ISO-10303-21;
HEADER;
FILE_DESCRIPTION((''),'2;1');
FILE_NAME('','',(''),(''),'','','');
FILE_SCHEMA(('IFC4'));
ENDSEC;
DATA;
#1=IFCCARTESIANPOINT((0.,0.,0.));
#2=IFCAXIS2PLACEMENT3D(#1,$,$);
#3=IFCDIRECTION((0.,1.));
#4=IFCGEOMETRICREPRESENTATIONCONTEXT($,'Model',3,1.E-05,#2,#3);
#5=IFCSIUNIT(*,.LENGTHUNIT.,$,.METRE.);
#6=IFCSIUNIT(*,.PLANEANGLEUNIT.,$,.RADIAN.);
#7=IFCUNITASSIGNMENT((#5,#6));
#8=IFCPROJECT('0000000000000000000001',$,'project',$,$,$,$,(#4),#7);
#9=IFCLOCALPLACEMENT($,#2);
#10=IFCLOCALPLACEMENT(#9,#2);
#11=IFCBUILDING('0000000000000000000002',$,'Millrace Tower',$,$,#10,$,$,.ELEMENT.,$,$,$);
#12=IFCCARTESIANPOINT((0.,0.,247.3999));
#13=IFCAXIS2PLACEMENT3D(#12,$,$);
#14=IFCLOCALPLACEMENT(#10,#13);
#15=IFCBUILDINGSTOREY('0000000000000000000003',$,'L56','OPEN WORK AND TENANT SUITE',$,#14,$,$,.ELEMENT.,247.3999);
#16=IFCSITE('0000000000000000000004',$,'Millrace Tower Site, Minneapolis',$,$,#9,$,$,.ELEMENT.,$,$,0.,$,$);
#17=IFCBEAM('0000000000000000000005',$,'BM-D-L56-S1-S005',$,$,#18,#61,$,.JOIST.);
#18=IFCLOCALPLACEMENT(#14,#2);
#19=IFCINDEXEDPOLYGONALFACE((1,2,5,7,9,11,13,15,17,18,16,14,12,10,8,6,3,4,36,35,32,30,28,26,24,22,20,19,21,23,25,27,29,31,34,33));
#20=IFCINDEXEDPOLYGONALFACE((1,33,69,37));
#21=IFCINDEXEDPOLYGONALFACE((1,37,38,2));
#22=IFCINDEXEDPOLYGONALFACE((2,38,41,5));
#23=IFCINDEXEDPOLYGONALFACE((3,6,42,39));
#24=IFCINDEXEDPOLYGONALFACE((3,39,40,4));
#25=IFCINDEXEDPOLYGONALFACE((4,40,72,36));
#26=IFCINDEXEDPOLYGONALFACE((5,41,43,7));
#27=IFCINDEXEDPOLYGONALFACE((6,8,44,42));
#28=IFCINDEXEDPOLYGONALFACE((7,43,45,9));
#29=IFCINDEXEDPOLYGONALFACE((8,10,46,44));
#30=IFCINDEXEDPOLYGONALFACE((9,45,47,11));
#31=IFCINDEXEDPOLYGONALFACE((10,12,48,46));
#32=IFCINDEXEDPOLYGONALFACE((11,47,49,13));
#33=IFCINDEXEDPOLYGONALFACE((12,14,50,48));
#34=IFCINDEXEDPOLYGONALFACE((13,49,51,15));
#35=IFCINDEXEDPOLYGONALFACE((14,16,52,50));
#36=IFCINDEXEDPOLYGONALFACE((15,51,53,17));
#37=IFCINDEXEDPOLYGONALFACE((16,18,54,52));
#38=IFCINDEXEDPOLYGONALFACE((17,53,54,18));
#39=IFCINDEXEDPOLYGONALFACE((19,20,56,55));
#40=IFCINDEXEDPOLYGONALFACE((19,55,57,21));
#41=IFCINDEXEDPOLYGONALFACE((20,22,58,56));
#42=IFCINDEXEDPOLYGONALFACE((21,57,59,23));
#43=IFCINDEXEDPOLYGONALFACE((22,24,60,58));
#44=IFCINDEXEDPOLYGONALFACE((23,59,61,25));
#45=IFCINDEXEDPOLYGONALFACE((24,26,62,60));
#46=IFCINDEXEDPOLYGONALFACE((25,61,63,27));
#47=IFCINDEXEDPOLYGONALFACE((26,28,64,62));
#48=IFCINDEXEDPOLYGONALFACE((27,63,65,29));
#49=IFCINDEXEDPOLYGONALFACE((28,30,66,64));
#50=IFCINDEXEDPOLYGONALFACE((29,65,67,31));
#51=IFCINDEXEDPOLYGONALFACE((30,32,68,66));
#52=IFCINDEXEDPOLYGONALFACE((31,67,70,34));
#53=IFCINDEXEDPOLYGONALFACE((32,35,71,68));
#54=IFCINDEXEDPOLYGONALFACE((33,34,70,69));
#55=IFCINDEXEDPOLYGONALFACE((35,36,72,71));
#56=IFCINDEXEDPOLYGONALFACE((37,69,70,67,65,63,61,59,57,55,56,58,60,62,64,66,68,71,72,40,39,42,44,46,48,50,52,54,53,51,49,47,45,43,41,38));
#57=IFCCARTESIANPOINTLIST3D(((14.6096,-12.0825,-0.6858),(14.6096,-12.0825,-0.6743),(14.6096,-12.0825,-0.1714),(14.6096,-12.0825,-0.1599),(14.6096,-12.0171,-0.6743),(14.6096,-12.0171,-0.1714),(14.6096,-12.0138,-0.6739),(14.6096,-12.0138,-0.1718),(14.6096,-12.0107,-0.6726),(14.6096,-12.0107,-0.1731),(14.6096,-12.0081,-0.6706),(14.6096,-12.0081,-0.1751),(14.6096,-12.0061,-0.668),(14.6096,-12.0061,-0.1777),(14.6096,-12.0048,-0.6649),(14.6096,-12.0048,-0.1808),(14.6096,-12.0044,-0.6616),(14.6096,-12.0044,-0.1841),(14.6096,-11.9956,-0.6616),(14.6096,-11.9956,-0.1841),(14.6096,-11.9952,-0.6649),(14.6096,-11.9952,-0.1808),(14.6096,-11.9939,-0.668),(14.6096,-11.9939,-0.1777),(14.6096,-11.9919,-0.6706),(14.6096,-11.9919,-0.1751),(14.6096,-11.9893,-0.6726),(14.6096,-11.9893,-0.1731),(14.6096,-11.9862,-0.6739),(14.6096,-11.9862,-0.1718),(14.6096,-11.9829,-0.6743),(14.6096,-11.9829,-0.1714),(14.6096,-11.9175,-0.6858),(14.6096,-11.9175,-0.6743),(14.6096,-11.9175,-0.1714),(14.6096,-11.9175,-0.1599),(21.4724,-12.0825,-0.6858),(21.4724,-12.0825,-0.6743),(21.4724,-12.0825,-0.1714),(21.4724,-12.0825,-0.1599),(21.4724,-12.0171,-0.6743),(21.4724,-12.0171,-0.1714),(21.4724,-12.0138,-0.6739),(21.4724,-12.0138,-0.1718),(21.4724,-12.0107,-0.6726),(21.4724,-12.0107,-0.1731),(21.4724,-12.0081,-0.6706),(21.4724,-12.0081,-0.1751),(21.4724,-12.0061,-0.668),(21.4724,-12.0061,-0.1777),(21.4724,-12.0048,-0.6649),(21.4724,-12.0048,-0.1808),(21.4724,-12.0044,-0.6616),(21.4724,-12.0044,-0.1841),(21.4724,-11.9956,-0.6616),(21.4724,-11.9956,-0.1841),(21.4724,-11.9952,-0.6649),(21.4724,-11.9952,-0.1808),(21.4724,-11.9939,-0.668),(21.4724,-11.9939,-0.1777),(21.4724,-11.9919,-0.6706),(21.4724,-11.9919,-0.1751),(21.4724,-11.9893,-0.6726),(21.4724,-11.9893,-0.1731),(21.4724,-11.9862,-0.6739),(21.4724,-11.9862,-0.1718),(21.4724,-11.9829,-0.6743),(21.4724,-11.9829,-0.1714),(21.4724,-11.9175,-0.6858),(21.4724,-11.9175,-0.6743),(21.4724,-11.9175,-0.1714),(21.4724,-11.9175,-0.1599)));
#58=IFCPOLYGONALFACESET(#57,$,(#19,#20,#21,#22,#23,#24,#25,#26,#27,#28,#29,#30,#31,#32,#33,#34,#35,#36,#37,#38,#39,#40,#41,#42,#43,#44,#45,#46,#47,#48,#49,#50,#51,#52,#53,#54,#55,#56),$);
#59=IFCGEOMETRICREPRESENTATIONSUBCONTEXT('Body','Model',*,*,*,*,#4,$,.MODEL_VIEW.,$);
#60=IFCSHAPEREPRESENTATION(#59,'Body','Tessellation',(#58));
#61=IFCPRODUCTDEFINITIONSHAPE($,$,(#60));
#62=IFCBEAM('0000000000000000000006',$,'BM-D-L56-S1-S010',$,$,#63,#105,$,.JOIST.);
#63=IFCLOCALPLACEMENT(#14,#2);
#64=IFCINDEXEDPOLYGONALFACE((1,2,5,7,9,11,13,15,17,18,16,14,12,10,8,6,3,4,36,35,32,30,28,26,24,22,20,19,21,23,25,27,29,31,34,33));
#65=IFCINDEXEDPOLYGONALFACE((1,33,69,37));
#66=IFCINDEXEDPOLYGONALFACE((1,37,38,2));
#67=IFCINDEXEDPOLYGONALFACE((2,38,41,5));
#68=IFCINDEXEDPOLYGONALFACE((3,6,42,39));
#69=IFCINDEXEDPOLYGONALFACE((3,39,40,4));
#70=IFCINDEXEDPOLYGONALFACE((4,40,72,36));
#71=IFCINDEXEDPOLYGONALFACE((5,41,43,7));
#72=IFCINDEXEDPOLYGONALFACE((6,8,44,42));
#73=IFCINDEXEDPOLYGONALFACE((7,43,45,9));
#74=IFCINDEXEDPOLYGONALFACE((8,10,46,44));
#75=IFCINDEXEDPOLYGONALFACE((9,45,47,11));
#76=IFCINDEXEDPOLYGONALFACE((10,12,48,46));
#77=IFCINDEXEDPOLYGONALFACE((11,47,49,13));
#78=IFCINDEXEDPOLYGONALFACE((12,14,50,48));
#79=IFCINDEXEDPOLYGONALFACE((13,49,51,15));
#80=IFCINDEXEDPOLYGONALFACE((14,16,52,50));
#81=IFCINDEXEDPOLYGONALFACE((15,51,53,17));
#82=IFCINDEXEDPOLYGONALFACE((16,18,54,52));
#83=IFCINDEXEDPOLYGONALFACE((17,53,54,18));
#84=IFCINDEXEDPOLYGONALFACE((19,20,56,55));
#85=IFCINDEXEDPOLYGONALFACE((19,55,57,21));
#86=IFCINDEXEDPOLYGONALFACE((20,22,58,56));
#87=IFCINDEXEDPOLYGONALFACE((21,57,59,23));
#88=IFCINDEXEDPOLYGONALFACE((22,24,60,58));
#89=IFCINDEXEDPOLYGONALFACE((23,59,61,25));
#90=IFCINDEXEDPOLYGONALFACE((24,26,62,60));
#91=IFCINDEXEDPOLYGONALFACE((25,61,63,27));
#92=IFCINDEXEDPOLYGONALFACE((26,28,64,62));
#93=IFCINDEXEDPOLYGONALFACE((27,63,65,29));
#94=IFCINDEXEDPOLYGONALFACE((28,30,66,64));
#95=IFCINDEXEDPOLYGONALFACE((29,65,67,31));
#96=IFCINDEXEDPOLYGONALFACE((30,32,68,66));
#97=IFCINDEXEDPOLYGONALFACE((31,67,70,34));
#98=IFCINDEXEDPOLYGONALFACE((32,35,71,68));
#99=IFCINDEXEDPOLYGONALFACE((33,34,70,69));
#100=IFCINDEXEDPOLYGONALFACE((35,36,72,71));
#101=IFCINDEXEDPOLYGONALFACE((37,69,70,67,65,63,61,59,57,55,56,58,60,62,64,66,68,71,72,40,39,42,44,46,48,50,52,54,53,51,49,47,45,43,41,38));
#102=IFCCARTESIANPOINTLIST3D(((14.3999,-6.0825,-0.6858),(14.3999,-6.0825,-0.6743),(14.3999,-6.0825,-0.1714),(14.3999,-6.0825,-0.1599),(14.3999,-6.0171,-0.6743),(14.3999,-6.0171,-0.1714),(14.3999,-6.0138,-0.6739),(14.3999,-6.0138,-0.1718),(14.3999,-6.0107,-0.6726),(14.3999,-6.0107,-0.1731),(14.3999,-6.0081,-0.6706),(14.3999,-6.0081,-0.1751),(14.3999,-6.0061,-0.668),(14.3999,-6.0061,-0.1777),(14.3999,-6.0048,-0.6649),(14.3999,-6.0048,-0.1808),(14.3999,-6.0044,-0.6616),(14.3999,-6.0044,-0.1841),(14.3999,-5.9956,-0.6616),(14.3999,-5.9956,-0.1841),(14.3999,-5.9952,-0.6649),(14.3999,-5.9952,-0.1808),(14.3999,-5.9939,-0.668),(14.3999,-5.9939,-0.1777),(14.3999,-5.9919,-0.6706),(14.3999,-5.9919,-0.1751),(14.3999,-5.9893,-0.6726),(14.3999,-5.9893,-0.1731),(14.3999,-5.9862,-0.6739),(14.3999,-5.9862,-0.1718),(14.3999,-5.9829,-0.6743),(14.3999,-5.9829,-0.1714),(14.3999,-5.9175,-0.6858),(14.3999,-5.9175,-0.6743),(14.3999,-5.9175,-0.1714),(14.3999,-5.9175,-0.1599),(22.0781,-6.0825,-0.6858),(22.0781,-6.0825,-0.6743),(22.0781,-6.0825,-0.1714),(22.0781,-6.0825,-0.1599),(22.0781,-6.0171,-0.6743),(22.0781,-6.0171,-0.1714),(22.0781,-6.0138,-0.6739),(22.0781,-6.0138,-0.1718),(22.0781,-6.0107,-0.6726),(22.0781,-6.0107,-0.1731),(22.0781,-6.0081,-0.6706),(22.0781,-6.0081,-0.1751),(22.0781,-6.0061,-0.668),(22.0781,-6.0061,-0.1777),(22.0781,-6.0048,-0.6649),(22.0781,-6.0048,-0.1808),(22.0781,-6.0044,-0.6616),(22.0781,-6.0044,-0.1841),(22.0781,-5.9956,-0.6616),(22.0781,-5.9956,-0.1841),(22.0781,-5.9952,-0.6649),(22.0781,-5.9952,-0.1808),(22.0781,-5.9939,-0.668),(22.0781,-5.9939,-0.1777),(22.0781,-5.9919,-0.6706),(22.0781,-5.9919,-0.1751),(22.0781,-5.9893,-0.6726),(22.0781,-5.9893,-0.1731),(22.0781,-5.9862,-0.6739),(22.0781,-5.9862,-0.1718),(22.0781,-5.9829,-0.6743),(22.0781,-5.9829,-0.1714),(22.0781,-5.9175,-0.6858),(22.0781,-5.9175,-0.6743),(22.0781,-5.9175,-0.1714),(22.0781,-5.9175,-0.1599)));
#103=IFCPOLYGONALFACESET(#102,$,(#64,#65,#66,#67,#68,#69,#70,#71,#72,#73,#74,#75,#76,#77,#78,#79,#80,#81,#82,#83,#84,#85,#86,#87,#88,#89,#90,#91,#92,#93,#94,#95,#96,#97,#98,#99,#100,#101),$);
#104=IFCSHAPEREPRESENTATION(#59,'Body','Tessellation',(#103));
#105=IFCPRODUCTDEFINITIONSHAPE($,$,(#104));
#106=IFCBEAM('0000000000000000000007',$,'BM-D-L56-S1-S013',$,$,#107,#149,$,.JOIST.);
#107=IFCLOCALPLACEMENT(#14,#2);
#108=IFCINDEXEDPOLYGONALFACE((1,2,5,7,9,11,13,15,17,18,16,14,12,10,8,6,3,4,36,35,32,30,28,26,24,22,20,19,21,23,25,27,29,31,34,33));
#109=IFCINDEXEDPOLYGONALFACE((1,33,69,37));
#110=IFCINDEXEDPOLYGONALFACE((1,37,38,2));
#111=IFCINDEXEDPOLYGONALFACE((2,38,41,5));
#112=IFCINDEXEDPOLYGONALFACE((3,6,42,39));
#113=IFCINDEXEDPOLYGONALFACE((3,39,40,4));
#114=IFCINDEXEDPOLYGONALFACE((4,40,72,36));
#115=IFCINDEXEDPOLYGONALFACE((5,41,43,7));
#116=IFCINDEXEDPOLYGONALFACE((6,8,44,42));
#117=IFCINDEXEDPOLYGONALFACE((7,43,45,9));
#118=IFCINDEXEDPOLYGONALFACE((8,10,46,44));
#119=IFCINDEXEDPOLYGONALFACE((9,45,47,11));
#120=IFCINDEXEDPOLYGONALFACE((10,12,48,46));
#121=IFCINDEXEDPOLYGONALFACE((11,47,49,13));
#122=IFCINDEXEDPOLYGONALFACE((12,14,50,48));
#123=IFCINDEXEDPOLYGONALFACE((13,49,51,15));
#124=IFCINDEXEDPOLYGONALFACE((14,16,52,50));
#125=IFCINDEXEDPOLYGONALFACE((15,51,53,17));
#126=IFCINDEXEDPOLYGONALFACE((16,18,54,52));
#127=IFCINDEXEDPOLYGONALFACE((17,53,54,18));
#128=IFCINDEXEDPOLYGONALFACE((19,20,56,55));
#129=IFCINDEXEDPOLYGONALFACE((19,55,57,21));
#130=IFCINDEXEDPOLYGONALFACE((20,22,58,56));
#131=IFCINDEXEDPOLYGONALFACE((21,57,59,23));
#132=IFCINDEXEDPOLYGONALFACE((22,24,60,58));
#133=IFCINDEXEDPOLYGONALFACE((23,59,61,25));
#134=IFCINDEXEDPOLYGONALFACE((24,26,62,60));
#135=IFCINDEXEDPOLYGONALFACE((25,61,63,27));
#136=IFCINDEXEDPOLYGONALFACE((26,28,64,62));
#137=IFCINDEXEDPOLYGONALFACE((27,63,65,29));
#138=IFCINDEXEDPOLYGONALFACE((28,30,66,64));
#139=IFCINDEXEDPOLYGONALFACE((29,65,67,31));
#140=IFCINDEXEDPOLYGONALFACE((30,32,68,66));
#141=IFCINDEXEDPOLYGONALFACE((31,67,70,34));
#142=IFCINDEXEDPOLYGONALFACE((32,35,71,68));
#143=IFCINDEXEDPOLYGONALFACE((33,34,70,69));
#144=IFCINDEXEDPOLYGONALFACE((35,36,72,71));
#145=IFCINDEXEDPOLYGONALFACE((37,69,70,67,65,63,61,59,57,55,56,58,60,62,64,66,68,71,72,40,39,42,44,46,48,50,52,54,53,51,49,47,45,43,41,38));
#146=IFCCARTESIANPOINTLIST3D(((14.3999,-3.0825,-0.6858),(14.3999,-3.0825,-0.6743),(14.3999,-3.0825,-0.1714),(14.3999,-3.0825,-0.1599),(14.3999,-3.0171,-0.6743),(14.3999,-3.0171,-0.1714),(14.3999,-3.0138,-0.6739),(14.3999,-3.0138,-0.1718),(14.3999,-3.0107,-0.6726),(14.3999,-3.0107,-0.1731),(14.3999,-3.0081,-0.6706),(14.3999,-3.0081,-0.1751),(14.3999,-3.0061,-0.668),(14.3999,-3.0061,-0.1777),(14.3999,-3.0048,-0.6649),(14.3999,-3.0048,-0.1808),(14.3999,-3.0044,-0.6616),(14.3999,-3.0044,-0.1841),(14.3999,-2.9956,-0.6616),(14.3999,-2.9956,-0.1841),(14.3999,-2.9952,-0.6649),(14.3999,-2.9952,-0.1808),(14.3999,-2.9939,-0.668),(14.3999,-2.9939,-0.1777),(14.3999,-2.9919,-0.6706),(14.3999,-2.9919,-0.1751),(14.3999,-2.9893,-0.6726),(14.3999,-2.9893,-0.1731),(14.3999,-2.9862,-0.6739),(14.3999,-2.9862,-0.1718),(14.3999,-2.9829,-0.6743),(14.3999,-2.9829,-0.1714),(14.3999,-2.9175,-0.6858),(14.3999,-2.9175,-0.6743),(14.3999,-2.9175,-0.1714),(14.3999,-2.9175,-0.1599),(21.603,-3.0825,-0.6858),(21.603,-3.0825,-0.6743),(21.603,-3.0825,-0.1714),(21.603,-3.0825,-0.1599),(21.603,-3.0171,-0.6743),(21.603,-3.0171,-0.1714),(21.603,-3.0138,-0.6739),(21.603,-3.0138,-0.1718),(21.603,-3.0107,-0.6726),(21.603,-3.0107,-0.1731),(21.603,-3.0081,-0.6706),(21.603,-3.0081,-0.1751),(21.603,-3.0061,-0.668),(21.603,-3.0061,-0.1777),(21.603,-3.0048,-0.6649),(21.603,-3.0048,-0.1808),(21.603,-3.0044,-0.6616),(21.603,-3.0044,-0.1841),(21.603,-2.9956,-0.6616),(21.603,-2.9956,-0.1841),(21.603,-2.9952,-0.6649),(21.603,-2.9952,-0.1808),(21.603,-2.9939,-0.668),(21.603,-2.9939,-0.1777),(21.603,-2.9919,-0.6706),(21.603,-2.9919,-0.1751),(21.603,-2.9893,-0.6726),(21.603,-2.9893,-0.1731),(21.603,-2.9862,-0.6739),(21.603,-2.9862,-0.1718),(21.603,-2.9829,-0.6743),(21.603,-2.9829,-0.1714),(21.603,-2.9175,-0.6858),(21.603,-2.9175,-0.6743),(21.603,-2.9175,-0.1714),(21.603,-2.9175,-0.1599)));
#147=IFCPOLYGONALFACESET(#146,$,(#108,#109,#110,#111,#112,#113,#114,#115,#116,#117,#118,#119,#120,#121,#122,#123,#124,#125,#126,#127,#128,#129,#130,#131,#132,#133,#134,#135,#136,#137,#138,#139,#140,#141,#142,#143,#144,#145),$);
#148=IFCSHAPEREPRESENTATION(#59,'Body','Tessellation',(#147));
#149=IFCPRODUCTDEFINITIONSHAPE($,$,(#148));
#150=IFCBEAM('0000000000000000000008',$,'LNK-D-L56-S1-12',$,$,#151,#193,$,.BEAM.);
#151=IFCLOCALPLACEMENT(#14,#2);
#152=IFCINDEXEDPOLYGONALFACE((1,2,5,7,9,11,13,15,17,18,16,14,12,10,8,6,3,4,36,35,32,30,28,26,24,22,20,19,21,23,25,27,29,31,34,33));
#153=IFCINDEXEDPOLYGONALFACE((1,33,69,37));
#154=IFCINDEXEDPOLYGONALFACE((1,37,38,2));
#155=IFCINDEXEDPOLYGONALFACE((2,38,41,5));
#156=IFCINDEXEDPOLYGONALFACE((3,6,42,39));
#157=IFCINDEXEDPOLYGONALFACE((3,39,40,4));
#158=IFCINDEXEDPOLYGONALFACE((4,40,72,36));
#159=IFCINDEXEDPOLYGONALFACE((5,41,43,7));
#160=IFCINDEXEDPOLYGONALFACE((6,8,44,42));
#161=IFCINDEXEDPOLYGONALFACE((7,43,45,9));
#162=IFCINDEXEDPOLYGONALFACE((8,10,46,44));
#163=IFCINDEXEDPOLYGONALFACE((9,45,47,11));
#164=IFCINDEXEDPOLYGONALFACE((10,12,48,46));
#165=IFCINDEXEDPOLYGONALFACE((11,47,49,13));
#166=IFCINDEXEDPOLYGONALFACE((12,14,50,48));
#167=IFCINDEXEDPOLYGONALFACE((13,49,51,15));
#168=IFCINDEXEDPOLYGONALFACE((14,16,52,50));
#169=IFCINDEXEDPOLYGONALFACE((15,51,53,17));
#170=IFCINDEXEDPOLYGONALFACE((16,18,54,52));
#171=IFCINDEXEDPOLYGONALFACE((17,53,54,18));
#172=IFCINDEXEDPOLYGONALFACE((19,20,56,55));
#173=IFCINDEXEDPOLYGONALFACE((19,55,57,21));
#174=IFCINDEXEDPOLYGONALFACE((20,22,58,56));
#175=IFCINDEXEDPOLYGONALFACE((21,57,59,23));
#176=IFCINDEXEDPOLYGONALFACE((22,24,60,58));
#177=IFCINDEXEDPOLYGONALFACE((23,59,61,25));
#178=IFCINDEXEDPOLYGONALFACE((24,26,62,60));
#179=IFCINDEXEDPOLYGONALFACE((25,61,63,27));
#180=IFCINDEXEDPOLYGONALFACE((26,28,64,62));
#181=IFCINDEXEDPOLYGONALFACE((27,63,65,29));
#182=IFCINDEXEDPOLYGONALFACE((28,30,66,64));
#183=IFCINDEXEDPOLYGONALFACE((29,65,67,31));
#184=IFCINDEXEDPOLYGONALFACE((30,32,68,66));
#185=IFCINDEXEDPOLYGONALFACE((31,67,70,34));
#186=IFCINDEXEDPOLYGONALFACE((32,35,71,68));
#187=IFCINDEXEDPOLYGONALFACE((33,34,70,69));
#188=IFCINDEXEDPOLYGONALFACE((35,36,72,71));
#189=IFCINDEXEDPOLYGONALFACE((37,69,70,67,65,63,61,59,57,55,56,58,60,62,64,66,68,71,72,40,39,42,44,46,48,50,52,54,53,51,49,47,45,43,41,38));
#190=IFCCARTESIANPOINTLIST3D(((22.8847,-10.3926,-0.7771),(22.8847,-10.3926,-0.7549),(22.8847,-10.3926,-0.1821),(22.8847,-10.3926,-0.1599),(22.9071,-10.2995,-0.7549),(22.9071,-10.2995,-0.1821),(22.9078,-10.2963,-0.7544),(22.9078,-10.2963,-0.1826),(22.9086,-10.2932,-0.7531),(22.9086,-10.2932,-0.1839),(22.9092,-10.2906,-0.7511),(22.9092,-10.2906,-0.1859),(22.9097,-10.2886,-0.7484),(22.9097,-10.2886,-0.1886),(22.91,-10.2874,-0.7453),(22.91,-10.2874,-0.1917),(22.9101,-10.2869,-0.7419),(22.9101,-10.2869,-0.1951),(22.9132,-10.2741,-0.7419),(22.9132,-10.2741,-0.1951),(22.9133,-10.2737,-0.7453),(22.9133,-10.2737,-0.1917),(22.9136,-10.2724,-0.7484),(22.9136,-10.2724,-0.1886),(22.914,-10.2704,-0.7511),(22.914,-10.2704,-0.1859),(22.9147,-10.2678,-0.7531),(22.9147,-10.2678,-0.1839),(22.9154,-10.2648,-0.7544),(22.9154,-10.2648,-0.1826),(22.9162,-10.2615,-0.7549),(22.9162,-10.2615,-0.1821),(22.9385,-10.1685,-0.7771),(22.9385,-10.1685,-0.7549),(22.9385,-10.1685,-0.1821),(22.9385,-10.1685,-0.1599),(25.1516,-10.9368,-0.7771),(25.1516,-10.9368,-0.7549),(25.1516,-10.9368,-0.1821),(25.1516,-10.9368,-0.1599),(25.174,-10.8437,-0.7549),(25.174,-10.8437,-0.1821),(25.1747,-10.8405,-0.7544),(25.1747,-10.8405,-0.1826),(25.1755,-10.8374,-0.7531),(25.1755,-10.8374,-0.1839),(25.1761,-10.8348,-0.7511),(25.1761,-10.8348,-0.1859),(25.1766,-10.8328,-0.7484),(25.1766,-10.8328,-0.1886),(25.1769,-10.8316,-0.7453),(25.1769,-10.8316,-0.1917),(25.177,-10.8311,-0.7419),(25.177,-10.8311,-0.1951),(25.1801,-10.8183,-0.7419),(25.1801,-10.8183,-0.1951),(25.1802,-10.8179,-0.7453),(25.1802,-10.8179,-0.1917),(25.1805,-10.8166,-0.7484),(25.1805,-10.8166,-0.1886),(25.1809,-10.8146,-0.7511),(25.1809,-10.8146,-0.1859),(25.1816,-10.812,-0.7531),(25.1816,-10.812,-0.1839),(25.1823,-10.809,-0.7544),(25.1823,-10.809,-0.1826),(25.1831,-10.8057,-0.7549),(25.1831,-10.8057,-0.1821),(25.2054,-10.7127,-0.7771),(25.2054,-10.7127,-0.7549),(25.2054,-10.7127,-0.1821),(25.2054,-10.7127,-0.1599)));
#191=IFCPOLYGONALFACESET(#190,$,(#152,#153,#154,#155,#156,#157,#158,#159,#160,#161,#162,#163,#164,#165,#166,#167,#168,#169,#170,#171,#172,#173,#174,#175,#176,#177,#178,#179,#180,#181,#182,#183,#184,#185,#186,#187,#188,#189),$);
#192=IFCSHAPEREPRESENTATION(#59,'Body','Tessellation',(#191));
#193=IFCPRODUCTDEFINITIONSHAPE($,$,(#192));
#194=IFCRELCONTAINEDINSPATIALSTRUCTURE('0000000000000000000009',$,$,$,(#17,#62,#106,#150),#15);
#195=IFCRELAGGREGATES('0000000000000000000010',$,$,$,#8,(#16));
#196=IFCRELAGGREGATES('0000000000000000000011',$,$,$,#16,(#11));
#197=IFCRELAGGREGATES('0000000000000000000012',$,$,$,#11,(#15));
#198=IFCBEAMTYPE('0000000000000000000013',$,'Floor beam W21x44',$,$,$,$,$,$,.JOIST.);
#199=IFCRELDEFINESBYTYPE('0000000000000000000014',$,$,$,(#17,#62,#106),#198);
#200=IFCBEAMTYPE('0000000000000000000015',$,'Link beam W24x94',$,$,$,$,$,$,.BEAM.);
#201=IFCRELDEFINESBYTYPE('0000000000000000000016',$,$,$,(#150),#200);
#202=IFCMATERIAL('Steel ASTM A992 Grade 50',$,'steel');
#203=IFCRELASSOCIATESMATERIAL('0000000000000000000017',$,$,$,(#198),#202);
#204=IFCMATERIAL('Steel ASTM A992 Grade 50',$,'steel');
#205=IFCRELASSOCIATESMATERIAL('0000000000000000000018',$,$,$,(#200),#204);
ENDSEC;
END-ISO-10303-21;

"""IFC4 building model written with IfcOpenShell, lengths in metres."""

from ifc_helpers import new_model, si_unit, direction, frame, origin, origin_2d, place, context, subcontext, project, spatial, i_section, extrude, material, material_profile, profile_set, type_object, element, save


model = new_model("IFC4")

# Units and contexts
model_context = context("Model", 3, precision=1e-05, world=origin(), true_north=direction((0.0, 1.0)))
body_context = subcontext(model_context, "Body", "Model", "MODEL_VIEW")
ifc_project = project(units=[si_unit("LENGTHUNIT", "METRE"), si_unit("PLANEANGLEUNIT", "RADIAN")], contexts=[model_context])

# Site, building, storey
site_placement = place(None, origin())
site = spatial("IfcSite", under=ifc_project, at=site_placement, Name="Millrace Tower Site, Minneapolis", CompositionType="ELEMENT", RefElevation=0.0)
building_placement = place(site_placement, origin())
building = spatial("IfcBuilding", under=site, at=building_placement, Name="Millrace Tower", CompositionType="ELEMENT")
storey_placement = place(building_placement, frame((0.0, 0.0, 247.3999)))
storey = spatial("IfcBuildingStorey", under=building, at=storey_placement, Name="L56", Description="OPEN WORK AND TENANT SUITE", CompositionType="ELEMENT", Elevation=247.3999)

# Beams
ifc_material_1 = material(Name="Steel ASTM A992 Grade 50", Category="steel")
ifc_material_profile_1 = material_profile(ifc_material_1, i_section(OverallWidth=0.165, OverallDepth=0.5259, WebThickness=0.0088, FlangeThickness=0.0115, FilletRadius=0.0127, at=origin_2d()))
ifc_profile_set_1 = profile_set([ifc_material_profile_1], Name="Steel ASTM A992 Grade 50")
beam_type_1 = type_object("IfcBeamType", Name="Floor beam W21x44", PredefinedType="JOIST", material=ifc_profile_set_1)
beam_1_placement = place(storey_placement, frame((14.6096, -12.0, -0.4229), z_axis=(1.0, 0.0, 0.0), x_axis=(0.0, 1.0, 0.0)))
element("IfcBeam", 1, at=beam_1_placement, inside=storey, type_object=beam_type_1, Name="BM-D-L56-S1-S005", PredefinedType="JOIST", context=body_context, shape_type="SweptSolid", body=[
    extrude(i_section(OverallWidth=0.165, OverallDepth=0.5259, WebThickness=0.0088, FlangeThickness=0.0115, FilletRadius=0.0127, at=origin_2d()), origin(), (0.0, 0.0, 1.0), 6.8628),
])
beam_2_placement = place(storey_placement, frame((14.3999, -6.0, -0.4229), z_axis=(1.0, 0.0, 0.0), x_axis=(0.0, 1.0, 0.0)))
element("IfcBeam", 2, at=beam_2_placement, inside=storey, type_object=beam_type_1, Name="BM-D-L56-S1-S010", PredefinedType="JOIST", context=body_context, shape_type="SweptSolid", body=[
    extrude(i_section(OverallWidth=0.165, OverallDepth=0.5259, WebThickness=0.0088, FlangeThickness=0.0115, FilletRadius=0.0127, at=origin_2d()), origin(), (0.0, 0.0, 1.0), 7.6782),
])
beam_3_placement = place(storey_placement, frame((14.3999, -3.0, -0.4229), z_axis=(1.0, 0.0, 0.0), x_axis=(0.0, 1.0, 0.0)))
element("IfcBeam", 3, at=beam_3_placement, inside=storey, type_object=beam_type_1, Name="BM-D-L56-S1-S013", PredefinedType="JOIST", context=body_context, shape_type="SweptSolid", body=[
    extrude(i_section(OverallWidth=0.165, OverallDepth=0.5259, WebThickness=0.0088, FlangeThickness=0.0115, FilletRadius=0.0127, at=origin_2d()), origin(), (0.0, 0.0, 1.0), 7.2031),
])
ifc_material_2 = material(Name="Steel ASTM A992 Grade 50", Category="steel")
ifc_material_profile_2 = material_profile(ifc_material_2, i_section(OverallWidth=0.2305, OverallDepth=0.6172, WebThickness=0.0132, FlangeThickness=0.0222, FilletRadius=0.0129, at=origin_2d()))
ifc_profile_set_2 = profile_set([ifc_material_profile_2], Name="Steel ASTM A992 Grade 50")
beam_type_2 = type_object("IfcBeamType", Name="Link beam W24x94", PredefinedType="BEAM", material=ifc_profile_set_2)
beam_4_placement = place(storey_placement, frame((22.9116, -10.2805, -0.4685), z_axis=(0.972373, -0.233432, 0.0), x_axis=(0.233432, 0.972373, 0.0)))
element("IfcBeam", 4, at=beam_4_placement, inside=storey, type_object=beam_type_2, Name="LNK-D-L56-S1-12", PredefinedType="BEAM", context=body_context, shape_type="SweptSolid", body=[
    extrude(i_section(OverallWidth=0.2305, OverallDepth=0.6172, WebThickness=0.0132, FlangeThickness=0.0222, FilletRadius=0.0129, at=origin_2d()), origin(), (0.0, 0.0, 1.0), 2.3313),
])

save(model, "model.ifc")
